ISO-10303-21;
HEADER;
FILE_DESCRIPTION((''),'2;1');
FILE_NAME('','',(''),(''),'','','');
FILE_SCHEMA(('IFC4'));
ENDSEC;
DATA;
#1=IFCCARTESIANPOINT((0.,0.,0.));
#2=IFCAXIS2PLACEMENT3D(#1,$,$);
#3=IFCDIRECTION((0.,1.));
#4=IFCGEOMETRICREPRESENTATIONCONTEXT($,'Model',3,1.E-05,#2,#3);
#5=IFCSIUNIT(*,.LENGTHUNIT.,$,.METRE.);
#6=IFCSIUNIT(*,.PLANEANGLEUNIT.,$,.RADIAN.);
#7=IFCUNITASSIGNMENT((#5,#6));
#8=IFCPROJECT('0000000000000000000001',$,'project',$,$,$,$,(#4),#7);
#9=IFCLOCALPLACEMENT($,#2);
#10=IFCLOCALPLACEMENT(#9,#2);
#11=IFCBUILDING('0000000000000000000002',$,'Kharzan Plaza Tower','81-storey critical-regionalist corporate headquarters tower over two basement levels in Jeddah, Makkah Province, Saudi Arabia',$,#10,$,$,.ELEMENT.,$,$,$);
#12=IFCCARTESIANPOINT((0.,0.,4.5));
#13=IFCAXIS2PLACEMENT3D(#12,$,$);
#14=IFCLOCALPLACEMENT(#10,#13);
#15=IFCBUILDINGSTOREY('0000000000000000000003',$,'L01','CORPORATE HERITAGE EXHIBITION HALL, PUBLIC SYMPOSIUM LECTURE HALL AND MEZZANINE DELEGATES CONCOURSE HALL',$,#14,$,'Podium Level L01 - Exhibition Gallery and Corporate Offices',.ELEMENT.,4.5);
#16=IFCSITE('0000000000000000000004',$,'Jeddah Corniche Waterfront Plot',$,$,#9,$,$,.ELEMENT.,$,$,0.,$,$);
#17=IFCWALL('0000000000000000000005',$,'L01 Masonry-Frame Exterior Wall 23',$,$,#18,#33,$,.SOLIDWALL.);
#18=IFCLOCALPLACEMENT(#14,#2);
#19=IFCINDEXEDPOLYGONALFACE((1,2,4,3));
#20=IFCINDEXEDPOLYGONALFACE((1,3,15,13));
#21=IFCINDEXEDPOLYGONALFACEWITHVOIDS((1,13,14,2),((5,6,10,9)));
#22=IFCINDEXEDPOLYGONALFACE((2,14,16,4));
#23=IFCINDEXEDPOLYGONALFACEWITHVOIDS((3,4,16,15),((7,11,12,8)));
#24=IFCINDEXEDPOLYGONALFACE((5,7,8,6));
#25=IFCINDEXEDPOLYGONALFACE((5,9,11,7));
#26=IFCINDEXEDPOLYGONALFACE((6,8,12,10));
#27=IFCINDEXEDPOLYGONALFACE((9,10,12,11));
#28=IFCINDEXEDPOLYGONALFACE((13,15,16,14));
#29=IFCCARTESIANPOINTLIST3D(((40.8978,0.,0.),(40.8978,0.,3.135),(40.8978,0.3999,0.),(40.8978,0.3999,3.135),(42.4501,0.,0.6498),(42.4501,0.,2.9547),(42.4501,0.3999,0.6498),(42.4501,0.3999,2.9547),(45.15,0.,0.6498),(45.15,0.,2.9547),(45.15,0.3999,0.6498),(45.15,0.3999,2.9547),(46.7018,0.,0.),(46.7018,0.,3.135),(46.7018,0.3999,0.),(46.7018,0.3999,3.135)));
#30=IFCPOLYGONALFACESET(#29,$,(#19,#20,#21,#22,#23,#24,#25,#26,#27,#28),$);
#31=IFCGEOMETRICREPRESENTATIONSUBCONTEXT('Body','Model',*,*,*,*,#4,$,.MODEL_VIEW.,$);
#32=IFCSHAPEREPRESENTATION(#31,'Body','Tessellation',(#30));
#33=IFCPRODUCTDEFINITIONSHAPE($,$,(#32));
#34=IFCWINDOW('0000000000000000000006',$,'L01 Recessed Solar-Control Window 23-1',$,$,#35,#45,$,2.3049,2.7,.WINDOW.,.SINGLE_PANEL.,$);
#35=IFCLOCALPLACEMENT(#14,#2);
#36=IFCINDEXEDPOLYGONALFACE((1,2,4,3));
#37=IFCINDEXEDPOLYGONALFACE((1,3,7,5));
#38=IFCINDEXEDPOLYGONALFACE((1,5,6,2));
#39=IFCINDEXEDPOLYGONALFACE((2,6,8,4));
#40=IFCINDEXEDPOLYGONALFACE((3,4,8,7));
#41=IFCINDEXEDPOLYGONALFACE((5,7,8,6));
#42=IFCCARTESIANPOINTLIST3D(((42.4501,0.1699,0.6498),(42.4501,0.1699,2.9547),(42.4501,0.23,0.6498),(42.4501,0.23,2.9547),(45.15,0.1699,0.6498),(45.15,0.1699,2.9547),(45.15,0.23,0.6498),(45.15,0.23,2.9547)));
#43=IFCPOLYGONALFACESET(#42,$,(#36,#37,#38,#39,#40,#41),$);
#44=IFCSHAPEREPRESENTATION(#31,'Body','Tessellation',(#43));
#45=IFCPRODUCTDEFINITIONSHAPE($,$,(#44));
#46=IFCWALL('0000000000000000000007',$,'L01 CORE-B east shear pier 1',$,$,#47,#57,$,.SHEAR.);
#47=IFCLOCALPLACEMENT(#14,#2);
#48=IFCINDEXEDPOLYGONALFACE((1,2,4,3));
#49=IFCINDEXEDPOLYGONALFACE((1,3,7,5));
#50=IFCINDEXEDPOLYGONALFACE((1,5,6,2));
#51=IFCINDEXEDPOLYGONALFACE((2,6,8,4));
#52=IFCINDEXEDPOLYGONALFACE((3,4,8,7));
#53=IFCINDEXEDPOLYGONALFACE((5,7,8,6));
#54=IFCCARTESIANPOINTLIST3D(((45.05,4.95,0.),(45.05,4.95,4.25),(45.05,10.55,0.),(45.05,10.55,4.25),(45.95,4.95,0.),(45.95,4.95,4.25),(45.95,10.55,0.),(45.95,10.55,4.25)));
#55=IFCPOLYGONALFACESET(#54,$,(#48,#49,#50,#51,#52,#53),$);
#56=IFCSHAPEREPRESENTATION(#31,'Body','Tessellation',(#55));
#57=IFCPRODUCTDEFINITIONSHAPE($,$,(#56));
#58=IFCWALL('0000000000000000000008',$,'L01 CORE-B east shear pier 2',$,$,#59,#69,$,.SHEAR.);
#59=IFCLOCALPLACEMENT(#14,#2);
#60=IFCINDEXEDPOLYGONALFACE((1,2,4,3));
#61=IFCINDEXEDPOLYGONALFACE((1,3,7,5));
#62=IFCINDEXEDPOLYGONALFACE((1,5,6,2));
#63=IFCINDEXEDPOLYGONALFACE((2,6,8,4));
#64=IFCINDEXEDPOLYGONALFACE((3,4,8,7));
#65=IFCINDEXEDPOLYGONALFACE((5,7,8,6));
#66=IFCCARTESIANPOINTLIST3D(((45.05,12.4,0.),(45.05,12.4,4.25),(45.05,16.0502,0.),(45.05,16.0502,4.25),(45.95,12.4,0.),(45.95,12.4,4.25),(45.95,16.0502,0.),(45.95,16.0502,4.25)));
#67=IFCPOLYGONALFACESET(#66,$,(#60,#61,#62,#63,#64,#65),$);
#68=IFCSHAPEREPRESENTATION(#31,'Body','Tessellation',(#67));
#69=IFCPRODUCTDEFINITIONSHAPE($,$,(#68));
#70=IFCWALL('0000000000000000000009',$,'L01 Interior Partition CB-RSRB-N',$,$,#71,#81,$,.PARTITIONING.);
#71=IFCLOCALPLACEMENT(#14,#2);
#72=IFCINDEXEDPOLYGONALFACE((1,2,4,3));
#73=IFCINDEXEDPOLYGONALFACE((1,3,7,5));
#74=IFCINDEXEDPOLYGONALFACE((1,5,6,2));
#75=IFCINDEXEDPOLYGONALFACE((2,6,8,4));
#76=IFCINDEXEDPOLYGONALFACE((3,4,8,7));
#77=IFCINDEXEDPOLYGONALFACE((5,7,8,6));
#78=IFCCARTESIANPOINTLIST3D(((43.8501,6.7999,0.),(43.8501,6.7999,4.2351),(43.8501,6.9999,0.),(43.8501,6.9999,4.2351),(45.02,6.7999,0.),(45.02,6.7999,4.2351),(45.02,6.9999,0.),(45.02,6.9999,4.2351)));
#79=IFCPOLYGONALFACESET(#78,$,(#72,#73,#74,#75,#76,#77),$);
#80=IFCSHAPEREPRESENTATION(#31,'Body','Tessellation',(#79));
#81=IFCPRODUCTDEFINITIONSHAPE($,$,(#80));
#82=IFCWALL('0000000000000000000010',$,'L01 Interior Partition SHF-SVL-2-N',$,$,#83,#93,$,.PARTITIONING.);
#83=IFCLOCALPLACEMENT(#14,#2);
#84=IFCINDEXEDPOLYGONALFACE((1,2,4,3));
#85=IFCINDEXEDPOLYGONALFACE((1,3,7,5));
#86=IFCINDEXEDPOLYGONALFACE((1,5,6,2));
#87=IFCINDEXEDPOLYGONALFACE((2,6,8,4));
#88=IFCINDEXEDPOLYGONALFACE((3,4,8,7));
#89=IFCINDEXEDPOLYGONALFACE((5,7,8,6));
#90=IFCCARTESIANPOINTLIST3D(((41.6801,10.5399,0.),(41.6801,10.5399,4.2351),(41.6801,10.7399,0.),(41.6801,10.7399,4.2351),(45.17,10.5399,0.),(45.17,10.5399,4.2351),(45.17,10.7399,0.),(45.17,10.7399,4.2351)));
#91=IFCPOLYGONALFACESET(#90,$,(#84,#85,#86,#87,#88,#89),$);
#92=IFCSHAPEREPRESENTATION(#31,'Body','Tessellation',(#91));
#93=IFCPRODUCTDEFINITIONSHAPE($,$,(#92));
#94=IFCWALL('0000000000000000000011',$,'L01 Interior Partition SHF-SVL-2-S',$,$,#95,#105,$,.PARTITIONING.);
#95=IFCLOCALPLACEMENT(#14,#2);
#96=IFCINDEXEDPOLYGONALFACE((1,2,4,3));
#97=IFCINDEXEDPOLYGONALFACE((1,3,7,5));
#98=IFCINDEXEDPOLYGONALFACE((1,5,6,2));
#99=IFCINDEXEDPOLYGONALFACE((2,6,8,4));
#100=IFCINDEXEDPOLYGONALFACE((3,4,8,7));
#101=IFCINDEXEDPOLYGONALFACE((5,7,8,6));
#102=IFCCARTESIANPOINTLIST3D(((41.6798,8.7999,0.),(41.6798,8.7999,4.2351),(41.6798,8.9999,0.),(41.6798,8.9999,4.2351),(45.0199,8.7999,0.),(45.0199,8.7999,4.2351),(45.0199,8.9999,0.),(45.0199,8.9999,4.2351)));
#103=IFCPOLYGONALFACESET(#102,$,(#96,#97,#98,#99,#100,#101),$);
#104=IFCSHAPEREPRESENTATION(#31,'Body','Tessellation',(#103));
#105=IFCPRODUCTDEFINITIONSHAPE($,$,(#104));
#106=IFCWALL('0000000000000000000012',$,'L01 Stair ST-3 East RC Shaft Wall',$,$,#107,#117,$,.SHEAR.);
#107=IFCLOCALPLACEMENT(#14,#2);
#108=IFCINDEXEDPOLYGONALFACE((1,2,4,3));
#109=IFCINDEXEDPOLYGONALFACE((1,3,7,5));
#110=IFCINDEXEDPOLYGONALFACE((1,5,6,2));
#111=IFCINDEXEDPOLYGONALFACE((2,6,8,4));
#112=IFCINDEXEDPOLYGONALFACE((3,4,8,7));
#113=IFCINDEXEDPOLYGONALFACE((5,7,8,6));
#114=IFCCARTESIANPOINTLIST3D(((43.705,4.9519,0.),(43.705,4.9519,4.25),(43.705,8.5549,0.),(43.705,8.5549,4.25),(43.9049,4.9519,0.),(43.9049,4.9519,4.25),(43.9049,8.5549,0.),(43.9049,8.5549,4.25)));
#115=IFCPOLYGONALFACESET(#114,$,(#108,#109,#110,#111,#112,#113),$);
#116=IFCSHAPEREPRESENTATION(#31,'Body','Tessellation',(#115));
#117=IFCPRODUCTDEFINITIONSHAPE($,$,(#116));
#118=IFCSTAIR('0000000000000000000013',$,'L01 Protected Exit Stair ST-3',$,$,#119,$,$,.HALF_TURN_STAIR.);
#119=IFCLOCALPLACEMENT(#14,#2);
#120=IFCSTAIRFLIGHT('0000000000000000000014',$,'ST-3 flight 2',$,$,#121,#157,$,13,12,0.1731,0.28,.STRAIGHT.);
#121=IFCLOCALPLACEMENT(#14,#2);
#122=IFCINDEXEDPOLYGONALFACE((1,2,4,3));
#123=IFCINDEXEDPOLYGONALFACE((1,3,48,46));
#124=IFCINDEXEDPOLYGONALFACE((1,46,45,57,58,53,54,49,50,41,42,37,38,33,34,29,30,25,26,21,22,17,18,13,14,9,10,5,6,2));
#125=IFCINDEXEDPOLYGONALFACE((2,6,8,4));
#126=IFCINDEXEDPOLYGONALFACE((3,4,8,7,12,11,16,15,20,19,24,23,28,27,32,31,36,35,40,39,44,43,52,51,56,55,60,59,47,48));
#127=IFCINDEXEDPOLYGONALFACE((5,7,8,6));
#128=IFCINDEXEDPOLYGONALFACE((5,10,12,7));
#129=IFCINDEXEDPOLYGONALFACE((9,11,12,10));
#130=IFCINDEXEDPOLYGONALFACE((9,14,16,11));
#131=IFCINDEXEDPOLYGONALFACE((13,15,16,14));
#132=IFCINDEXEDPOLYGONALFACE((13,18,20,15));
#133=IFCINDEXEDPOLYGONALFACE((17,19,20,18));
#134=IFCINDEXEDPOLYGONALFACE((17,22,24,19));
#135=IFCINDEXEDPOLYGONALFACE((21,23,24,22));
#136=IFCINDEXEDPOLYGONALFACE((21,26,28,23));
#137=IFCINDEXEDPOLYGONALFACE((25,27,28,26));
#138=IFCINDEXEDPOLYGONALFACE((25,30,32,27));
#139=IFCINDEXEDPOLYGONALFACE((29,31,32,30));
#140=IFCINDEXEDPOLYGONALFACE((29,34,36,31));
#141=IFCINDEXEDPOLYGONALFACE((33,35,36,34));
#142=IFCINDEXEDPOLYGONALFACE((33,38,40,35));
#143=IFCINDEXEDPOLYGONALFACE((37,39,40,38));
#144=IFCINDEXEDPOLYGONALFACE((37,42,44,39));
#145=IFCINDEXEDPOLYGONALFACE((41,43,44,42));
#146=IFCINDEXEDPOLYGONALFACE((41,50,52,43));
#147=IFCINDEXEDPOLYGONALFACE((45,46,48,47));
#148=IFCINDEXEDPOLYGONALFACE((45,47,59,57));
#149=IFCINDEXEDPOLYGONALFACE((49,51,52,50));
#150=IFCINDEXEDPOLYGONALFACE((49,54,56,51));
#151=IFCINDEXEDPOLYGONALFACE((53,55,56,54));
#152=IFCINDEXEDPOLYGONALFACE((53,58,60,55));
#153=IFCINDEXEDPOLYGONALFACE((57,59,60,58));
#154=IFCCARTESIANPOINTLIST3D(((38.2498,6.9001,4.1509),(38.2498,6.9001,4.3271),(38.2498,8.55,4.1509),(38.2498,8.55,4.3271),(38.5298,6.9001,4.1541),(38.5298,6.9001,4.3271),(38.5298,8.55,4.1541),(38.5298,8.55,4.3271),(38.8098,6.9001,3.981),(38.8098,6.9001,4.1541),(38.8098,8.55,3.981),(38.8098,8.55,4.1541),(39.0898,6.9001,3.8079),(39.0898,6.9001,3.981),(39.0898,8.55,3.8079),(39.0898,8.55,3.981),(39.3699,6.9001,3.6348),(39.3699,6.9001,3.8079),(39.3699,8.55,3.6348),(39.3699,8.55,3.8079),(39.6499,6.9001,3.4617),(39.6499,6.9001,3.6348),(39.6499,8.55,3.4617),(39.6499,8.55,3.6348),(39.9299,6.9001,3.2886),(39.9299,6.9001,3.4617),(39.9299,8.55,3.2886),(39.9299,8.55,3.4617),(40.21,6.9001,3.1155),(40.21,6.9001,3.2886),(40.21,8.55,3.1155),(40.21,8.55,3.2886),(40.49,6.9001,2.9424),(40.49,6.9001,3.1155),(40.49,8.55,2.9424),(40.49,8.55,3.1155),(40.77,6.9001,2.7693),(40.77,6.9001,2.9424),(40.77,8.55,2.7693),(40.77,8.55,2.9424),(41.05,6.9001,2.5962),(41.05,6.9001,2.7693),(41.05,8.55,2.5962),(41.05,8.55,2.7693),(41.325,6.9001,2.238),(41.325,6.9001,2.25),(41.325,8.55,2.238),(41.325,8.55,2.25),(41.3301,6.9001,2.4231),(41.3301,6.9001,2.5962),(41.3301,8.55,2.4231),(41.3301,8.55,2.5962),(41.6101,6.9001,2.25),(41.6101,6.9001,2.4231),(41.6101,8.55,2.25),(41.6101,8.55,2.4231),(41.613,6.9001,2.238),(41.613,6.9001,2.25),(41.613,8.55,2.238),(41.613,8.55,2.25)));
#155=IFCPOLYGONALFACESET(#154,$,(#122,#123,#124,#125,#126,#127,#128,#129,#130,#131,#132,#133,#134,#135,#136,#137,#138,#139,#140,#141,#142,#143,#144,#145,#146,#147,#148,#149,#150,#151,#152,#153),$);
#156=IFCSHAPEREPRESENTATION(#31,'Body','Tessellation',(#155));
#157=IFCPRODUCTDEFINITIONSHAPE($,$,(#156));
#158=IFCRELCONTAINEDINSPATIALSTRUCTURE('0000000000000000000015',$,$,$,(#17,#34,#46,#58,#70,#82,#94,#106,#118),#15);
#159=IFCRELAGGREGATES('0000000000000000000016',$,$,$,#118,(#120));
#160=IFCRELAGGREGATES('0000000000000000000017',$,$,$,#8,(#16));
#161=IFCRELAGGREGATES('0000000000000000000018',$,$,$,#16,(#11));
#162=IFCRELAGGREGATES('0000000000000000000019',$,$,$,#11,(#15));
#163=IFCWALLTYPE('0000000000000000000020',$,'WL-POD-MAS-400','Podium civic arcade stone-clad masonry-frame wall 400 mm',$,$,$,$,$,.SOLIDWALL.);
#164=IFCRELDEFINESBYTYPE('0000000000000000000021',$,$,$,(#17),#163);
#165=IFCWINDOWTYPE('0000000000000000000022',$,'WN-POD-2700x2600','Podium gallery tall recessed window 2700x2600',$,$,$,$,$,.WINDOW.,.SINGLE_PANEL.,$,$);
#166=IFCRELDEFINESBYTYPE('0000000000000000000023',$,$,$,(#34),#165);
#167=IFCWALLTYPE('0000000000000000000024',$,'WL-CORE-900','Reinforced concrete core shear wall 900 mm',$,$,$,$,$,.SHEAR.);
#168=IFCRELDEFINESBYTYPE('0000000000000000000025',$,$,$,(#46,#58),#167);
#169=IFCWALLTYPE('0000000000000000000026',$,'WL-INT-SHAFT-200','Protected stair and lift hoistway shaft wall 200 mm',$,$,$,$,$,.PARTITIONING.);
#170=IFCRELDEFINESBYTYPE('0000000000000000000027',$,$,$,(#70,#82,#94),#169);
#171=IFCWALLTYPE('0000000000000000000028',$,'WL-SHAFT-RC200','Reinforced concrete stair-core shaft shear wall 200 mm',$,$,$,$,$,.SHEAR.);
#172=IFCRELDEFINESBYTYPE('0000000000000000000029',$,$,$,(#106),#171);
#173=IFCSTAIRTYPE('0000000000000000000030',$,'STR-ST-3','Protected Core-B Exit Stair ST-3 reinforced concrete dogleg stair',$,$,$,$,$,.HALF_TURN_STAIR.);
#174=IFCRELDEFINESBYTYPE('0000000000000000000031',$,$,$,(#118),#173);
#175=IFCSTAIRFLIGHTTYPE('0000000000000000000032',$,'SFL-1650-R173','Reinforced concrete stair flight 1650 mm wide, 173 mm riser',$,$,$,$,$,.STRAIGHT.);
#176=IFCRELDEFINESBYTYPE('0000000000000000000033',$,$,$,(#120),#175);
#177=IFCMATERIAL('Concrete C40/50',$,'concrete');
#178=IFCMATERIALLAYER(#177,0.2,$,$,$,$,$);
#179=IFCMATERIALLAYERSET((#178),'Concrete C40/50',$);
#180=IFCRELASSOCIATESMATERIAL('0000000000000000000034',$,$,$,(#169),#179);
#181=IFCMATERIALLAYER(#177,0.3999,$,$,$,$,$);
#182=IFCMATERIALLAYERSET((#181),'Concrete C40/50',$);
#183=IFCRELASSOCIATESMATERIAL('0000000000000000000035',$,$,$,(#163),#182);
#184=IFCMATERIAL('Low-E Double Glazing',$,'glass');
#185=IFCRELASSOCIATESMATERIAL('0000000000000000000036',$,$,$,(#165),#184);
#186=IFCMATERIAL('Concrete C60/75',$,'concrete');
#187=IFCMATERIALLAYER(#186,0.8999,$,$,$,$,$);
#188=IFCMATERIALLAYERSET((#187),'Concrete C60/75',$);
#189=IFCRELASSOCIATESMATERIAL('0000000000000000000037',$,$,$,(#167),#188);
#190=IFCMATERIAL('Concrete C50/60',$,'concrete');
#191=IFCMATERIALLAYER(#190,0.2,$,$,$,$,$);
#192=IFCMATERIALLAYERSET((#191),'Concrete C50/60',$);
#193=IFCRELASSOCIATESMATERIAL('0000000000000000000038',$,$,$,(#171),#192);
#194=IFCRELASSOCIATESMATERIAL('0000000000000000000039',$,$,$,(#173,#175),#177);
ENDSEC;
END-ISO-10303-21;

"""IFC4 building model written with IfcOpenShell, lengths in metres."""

from ifc_helpers import new_model, si_unit, direction, frame, frame_2d, origin, place, context, subcontext, project, spatial, polyline, rectangle, outline, extrude, source, transform, mapped, material, layer, layer_set, type_object, element, fill, aggregate, save


model = new_model("IFC4")

# Units and contexts
model_context = context("Model", 3, precision=1e-05, world=origin(), true_north=direction((0.0, 1.0)))
body_context = subcontext(model_context, "Body", "Model", "MODEL_VIEW")
ifc_project = project(units=[si_unit("LENGTHUNIT", "METRE"), si_unit("PLANEANGLEUNIT", "RADIAN")], contexts=[model_context])

# Site, building, storey
site_placement = place(None, origin())
site = spatial("IfcSite", under=ifc_project, at=site_placement, Name="Jeddah Corniche Waterfront Plot", CompositionType="ELEMENT", RefElevation=0.0)
building_placement = place(site_placement, origin())
building = spatial("IfcBuilding", under=site, at=building_placement, Name="Kharzan Plaza Tower", Description="81-storey critical-regionalist corporate headquarters tower over two basement levels in Jeddah, Makkah Province, Saudi Arabia", CompositionType="ELEMENT")
storey_placement = place(building_placement, frame((0.0, 0.0, 4.5)))
storey = spatial("IfcBuildingStorey", under=building, at=storey_placement, Name="L01", Description="CORPORATE HERITAGE EXHIBITION HALL, PUBLIC SYMPOSIUM LECTURE HALL AND MEZZANINE DELEGATES CONCOURSE HALL", LongName="Podium Level L01 - Exhibition Gallery and Corporate Offices", CompositionType="ELEMENT", Elevation=4.5)

# Shared definitions
ifc_material_1 = material(Name="Concrete C60/75", Category="concrete")

# Shared definitions
ifc_material_2 = material(Name="Concrete C40/50", Category="concrete")
ifc_layer_1 = layer(ifc_material_2, 0.2)
ifc_layer_set_1 = layer_set([ifc_layer_1], Name="Concrete C40/50")
wall_type_1 = type_object("IfcWallType", Name="WL-INT-SHAFT-200", Description="Protected stair and lift hoistway shaft wall 200 mm", PredefinedType="PARTITIONING", material=ifc_layer_set_1)

# Wall, opening, window
ifc_layer_2 = layer(ifc_material_2, 0.3999)
ifc_layer_set_2 = layer_set([ifc_layer_2], Name="Concrete C40/50")
wall_type_2 = type_object("IfcWallType", Name="WL-POD-MAS-400", Description="Podium civic arcade stone-clad masonry-frame wall 400 mm", PredefinedType="SOLIDWALL", material=ifc_layer_set_2)
wall_1_placement = place(storey_placement, frame((40.8979, 0.2, 0.0), z_axis=(0.0, 0.0, 1.0), x_axis=(1.0, 0.0, 0.0)))
wall_1 = element("IfcWall", 1, at=wall_1_placement, inside=storey, type_object=wall_type_2, Name="L01 Masonry-Frame Exterior Wall 23", PredefinedType="SOLIDWALL", context=body_context, shape_type="SweptSolid", body=[
    extrude(rectangle(XDim=5.804, YDim=0.3999, at=frame_2d((2.9019, 0.0))), origin(), (0.0, 0.0, 1.0), 3.135),
])
opening_1_placement = place(wall_1_placement, frame((1.552, 0.0, 0.6499)))
opening_1 = element("IfcOpeningElement", 2, at=opening_1_placement, cuts=wall_1, PredefinedType="OPENING", context=body_context, shape_type="SweptSolid", body=[
    extrude(rectangle(XDim=2.7, YDim=2.3049, at=frame_2d((1.3501, 1.1523))), frame((0.0, 0.21, 0.0), z_axis=(0.0, -1.0, 0.0), x_axis=(1.0, 0.0, 0.0)), (0.0, 0.0, 1.0), 0.4199),
])
ifc_material_3 = material(Name="Low-E Double Glazing", Category="glass")
window_type = type_object("IfcWindowType", Name="WN-POD-2700x2600", Description="Podium gallery tall recessed window 2700x2600", PartitioningType="SINGLE_PANEL", PredefinedType="WINDOW", material=ifc_material_3)
shared_shape_1 = source(origin(), body_context, "Body", "SweptSolid", [
    extrude(rectangle(XDim=2.7, YDim=2.3049, at=frame_2d((1.3501, 1.1523))), frame((0.0, 0.03, 0.0), z_axis=(0.0, -1.0, 0.0), x_axis=(1.0, 0.0, 0.0)), (0.0, 0.0, 1.0), 0.0601),
])
window_placement = place(opening_1_placement, origin())
window = element("IfcWindow", 3, at=window_placement, inside=storey, type_object=window_type, Name="L01 Recessed Solar-Control Window 23-1", OverallHeight=2.3049, OverallWidth=2.7, PartitioningType="SINGLE_PANEL", PredefinedType="WINDOW", context=body_context, shape_type="MappedRepresentation", body=[
    mapped(shared_shape_1, transform((0.0, 0.0, 0.0), x_axis=(1.0, 0.0, 0.0), y_axis=(0.0, 1.0, 0.0), z_axis=(0.0, 0.0, 1.0))),
])
fill(opening_1, window)

# Walls
ifc_layer_3 = layer(ifc_material_1, 0.8999)
ifc_layer_set_3 = layer_set([ifc_layer_3], Name="Concrete C60/75")
wall_type_3 = type_object("IfcWallType", Name="WL-CORE-900", Description="Reinforced concrete core shear wall 900 mm", PredefinedType="SHEAR", material=ifc_layer_set_3)
shared_shape_2 = source(origin(), body_context, "Body", "SweptSolid", [
    extrude(rectangle(XDim=5.6001, YDim=0.8999, at=frame_2d((2.8, 0.0))), origin(), (0.0, 0.0, 1.0), 4.25),
])
wall_2_placement = place(storey_placement, frame((45.5, 4.95, 0.0), z_axis=(0.0, 0.0, 1.0), x_axis=(0.0, 1.0, 0.0)))
element("IfcWall", 4, at=wall_2_placement, inside=storey, type_object=wall_type_3, Name="L01 CORE-B east shear pier 1", PredefinedType="SHEAR", context=body_context, shape_type="MappedRepresentation", body=[
    mapped(shared_shape_2, transform((0.0, 0.0, 0.0), x_axis=(1.0, 0.0, 0.0), y_axis=(0.0, 1.0, 0.0), z_axis=(0.0, 0.0, 1.0))),
])
shared_shape_3 = source(origin(), body_context, "Body", "SweptSolid", [
    extrude(rectangle(XDim=3.6501, YDim=0.8999, at=frame_2d((1.8252, 0.0))), origin(), (0.0, 0.0, 1.0), 4.25),
])
wall_3_placement = place(storey_placement, frame((45.5, 12.3999, 0.0), z_axis=(0.0, 0.0, 1.0), x_axis=(0.0, 1.0, 0.0)))
element("IfcWall", 5, at=wall_3_placement, inside=storey, type_object=wall_type_3, Name="L01 CORE-B east shear pier 2", PredefinedType="SHEAR", context=body_context, shape_type="MappedRepresentation", body=[
    mapped(shared_shape_3, transform((0.0, 0.0, 0.0), x_axis=(1.0, 0.0, 0.0), y_axis=(0.0, 1.0, 0.0), z_axis=(0.0, 0.0, 1.0))),
])
shared_shape_4 = source(origin(), body_context, "Body", "SweptSolid", [
    extrude(rectangle(XDim=1.1699, YDim=0.2, at=frame_2d((0.585, 0.0))), origin(), (0.0, 0.0, 1.0), 4.2351),
])
wall_4_placement = place(storey_placement, frame((43.8501, 6.8999, 0.0), z_axis=(0.0, 0.0, 1.0), x_axis=(1.0, 0.0, 0.0)))
element("IfcWall", 6, at=wall_4_placement, inside=storey, type_object=wall_type_1, Name="L01 Interior Partition CB-RSRB-N", PredefinedType="PARTITIONING", context=body_context, shape_type="MappedRepresentation", body=[
    mapped(shared_shape_4, transform((0.0, 0.0, 0.0), x_axis=(1.0, 0.0, 0.0), y_axis=(0.0, 1.0, 0.0), z_axis=(0.0, 0.0, 1.0))),
])
shared_shape_5 = source(origin(), body_context, "Body", "SweptSolid", [
    extrude(rectangle(XDim=3.49, YDim=0.2, at=frame_2d((1.7451, 0.0))), origin(), (0.0, 0.0, 1.0), 4.2351),
])
wall_5_placement = place(storey_placement, frame((41.6799, 10.6399, 0.0), z_axis=(0.0, 0.0, 1.0), x_axis=(1.0, 0.0, 0.0)))
element("IfcWall", 7, at=wall_5_placement, inside=storey, type_object=wall_type_1, Name="L01 Interior Partition SHF-SVL-2-N", PredefinedType="PARTITIONING", context=body_context, shape_type="MappedRepresentation", body=[
    mapped(shared_shape_5, transform((0.0, 0.0, 0.0), x_axis=(1.0, 0.0, 0.0), y_axis=(0.0, 1.0, 0.0), z_axis=(0.0, 0.0, 1.0))),
])
shared_shape_6 = source(origin(), body_context, "Body", "SweptSolid", [
    extrude(rectangle(XDim=3.3401, YDim=0.2, at=frame_2d((1.6699, 0.0))), origin(), (0.0, 0.0, 1.0), 4.2351),
])
wall_6_placement = place(storey_placement, frame((41.6799, 8.8999, 0.0), z_axis=(0.0, 0.0, 1.0), x_axis=(1.0, 0.0, 0.0)))
element("IfcWall", 8, at=wall_6_placement, inside=storey, type_object=wall_type_1, Name="L01 Interior Partition SHF-SVL-2-S", PredefinedType="PARTITIONING", context=body_context, shape_type="MappedRepresentation", body=[
    mapped(shared_shape_6, transform((0.0, 0.0, 0.0), x_axis=(1.0, 0.0, 0.0), y_axis=(0.0, 1.0, 0.0), z_axis=(0.0, 0.0, 1.0))),
])
ifc_material_4 = material(Name="Concrete C50/60", Category="concrete")
ifc_layer_4 = layer(ifc_material_4, 0.2)
ifc_layer_set_4 = layer_set([ifc_layer_4], Name="Concrete C50/60")
wall_type_4 = type_object("IfcWallType", Name="WL-SHAFT-RC200", Description="Reinforced concrete stair-core shaft shear wall 200 mm", PredefinedType="SHEAR", material=ifc_layer_set_4)
shared_shape_7 = source(origin(), body_context, "Body", "SweptSolid", [
    extrude(rectangle(XDim=3.603, YDim=0.2, at=frame_2d((1.8015, 0.0))), origin(), (0.0, 0.0, 1.0), 4.25),
])
wall_7_placement = place(storey_placement, frame((43.8049, 4.9519, 0.0), z_axis=(0.0, 0.0, 1.0), x_axis=(0.0, 1.0, 0.0)))
element("IfcWall", 9, at=wall_7_placement, inside=storey, type_object=wall_type_4, Name="L01 Stair ST-3 East RC Shaft Wall", PredefinedType="SHEAR", context=body_context, shape_type="MappedRepresentation", body=[
    mapped(shared_shape_7, transform((0.0, 0.0, 0.0), x_axis=(1.0, 0.0, 0.0), y_axis=(0.0, 1.0, 0.0), z_axis=(0.0, 0.0, 1.0))),
])

# Stair, stair flight
stair_type = type_object("IfcStairType", Name="STR-ST-3", Description="Protected Core-B Exit Stair ST-3 reinforced concrete dogleg stair", PredefinedType="HALF_TURN_STAIR", material=ifc_material_2)
stair_placement = place(storey_placement, origin())
stair = element("IfcStair", 10, at=stair_placement, inside=storey, type_object=stair_type, Name="L01 Protected Exit Stair ST-3", PredefinedType="HALF_TURN_STAIR")
stair_flight_type = type_object("IfcStairFlightType", Name="SFL-1650-R173", Description="Reinforced concrete stair flight 1650 mm wide, 173 mm riser", PredefinedType="STRAIGHT", material=ifc_material_2)
shared_shape_8 = source(origin(), body_context, "Body", "SweptSolid", [
    extrude(outline(polyline([(-0.0029, -0.012), (-0.0029, 0.0), (0.0, 0.0), (0.0, 0.1731), (0.28, 0.1731), (0.28, 0.3462), (0.5601, 0.3462), (0.5601, 0.5193), (0.8401, 0.5193), (0.8401, 0.6924), (1.1201, 0.6924), (1.1201, 0.8655), (1.4001, 0.8655), (1.4001, 1.0386), (1.6802, 1.0386), (1.6802, 1.2117), (1.9602, 1.2117), (1.9602, 1.3848), (2.2402, 1.3848), (2.2402, 1.5579), (2.5203, 1.5579), (2.5203, 1.731), (2.8003, 1.731), (2.8003, 1.9041), (3.0803, 1.9041), (3.0803, 2.0771), (3.3604, 2.0771), (3.3604, 2.2502), (3.3604, 1.9009), (0.2852, 0.0), (0.2852, -0.012), (-0.0029, -0.012)])), frame((0.0, 0.825, 0.0), z_axis=(0.0, -1.0, 0.0), x_axis=(1.0, 0.0, 0.0)), (0.0, 0.0, 1.0), 1.6499),
])
stair_flight_placement = place(storey_placement, frame((41.6101, 7.7251, 2.25), z_axis=(0.0, 0.0, 1.0), x_axis=(-1.0, 0.0, 0.0)))
stair_flight = element("IfcStairFlight", 11, at=stair_flight_placement, type_object=stair_flight_type, Name="ST-3 flight 2", NumberOfRisers=13, NumberOfTreads=12, PredefinedType="STRAIGHT", RiserHeight=0.1731, TreadLength=0.28, context=body_context, shape_type="MappedRepresentation", body=[
    mapped(shared_shape_8, transform((0.0, 0.0, 0.0), x_axis=(1.0, 0.0, 0.0), y_axis=(0.0, 1.0, 0.0), z_axis=(0.0, 0.0, 1.0))),
])
aggregate(stair, [stair_flight])

save(model, "model.ifc")
